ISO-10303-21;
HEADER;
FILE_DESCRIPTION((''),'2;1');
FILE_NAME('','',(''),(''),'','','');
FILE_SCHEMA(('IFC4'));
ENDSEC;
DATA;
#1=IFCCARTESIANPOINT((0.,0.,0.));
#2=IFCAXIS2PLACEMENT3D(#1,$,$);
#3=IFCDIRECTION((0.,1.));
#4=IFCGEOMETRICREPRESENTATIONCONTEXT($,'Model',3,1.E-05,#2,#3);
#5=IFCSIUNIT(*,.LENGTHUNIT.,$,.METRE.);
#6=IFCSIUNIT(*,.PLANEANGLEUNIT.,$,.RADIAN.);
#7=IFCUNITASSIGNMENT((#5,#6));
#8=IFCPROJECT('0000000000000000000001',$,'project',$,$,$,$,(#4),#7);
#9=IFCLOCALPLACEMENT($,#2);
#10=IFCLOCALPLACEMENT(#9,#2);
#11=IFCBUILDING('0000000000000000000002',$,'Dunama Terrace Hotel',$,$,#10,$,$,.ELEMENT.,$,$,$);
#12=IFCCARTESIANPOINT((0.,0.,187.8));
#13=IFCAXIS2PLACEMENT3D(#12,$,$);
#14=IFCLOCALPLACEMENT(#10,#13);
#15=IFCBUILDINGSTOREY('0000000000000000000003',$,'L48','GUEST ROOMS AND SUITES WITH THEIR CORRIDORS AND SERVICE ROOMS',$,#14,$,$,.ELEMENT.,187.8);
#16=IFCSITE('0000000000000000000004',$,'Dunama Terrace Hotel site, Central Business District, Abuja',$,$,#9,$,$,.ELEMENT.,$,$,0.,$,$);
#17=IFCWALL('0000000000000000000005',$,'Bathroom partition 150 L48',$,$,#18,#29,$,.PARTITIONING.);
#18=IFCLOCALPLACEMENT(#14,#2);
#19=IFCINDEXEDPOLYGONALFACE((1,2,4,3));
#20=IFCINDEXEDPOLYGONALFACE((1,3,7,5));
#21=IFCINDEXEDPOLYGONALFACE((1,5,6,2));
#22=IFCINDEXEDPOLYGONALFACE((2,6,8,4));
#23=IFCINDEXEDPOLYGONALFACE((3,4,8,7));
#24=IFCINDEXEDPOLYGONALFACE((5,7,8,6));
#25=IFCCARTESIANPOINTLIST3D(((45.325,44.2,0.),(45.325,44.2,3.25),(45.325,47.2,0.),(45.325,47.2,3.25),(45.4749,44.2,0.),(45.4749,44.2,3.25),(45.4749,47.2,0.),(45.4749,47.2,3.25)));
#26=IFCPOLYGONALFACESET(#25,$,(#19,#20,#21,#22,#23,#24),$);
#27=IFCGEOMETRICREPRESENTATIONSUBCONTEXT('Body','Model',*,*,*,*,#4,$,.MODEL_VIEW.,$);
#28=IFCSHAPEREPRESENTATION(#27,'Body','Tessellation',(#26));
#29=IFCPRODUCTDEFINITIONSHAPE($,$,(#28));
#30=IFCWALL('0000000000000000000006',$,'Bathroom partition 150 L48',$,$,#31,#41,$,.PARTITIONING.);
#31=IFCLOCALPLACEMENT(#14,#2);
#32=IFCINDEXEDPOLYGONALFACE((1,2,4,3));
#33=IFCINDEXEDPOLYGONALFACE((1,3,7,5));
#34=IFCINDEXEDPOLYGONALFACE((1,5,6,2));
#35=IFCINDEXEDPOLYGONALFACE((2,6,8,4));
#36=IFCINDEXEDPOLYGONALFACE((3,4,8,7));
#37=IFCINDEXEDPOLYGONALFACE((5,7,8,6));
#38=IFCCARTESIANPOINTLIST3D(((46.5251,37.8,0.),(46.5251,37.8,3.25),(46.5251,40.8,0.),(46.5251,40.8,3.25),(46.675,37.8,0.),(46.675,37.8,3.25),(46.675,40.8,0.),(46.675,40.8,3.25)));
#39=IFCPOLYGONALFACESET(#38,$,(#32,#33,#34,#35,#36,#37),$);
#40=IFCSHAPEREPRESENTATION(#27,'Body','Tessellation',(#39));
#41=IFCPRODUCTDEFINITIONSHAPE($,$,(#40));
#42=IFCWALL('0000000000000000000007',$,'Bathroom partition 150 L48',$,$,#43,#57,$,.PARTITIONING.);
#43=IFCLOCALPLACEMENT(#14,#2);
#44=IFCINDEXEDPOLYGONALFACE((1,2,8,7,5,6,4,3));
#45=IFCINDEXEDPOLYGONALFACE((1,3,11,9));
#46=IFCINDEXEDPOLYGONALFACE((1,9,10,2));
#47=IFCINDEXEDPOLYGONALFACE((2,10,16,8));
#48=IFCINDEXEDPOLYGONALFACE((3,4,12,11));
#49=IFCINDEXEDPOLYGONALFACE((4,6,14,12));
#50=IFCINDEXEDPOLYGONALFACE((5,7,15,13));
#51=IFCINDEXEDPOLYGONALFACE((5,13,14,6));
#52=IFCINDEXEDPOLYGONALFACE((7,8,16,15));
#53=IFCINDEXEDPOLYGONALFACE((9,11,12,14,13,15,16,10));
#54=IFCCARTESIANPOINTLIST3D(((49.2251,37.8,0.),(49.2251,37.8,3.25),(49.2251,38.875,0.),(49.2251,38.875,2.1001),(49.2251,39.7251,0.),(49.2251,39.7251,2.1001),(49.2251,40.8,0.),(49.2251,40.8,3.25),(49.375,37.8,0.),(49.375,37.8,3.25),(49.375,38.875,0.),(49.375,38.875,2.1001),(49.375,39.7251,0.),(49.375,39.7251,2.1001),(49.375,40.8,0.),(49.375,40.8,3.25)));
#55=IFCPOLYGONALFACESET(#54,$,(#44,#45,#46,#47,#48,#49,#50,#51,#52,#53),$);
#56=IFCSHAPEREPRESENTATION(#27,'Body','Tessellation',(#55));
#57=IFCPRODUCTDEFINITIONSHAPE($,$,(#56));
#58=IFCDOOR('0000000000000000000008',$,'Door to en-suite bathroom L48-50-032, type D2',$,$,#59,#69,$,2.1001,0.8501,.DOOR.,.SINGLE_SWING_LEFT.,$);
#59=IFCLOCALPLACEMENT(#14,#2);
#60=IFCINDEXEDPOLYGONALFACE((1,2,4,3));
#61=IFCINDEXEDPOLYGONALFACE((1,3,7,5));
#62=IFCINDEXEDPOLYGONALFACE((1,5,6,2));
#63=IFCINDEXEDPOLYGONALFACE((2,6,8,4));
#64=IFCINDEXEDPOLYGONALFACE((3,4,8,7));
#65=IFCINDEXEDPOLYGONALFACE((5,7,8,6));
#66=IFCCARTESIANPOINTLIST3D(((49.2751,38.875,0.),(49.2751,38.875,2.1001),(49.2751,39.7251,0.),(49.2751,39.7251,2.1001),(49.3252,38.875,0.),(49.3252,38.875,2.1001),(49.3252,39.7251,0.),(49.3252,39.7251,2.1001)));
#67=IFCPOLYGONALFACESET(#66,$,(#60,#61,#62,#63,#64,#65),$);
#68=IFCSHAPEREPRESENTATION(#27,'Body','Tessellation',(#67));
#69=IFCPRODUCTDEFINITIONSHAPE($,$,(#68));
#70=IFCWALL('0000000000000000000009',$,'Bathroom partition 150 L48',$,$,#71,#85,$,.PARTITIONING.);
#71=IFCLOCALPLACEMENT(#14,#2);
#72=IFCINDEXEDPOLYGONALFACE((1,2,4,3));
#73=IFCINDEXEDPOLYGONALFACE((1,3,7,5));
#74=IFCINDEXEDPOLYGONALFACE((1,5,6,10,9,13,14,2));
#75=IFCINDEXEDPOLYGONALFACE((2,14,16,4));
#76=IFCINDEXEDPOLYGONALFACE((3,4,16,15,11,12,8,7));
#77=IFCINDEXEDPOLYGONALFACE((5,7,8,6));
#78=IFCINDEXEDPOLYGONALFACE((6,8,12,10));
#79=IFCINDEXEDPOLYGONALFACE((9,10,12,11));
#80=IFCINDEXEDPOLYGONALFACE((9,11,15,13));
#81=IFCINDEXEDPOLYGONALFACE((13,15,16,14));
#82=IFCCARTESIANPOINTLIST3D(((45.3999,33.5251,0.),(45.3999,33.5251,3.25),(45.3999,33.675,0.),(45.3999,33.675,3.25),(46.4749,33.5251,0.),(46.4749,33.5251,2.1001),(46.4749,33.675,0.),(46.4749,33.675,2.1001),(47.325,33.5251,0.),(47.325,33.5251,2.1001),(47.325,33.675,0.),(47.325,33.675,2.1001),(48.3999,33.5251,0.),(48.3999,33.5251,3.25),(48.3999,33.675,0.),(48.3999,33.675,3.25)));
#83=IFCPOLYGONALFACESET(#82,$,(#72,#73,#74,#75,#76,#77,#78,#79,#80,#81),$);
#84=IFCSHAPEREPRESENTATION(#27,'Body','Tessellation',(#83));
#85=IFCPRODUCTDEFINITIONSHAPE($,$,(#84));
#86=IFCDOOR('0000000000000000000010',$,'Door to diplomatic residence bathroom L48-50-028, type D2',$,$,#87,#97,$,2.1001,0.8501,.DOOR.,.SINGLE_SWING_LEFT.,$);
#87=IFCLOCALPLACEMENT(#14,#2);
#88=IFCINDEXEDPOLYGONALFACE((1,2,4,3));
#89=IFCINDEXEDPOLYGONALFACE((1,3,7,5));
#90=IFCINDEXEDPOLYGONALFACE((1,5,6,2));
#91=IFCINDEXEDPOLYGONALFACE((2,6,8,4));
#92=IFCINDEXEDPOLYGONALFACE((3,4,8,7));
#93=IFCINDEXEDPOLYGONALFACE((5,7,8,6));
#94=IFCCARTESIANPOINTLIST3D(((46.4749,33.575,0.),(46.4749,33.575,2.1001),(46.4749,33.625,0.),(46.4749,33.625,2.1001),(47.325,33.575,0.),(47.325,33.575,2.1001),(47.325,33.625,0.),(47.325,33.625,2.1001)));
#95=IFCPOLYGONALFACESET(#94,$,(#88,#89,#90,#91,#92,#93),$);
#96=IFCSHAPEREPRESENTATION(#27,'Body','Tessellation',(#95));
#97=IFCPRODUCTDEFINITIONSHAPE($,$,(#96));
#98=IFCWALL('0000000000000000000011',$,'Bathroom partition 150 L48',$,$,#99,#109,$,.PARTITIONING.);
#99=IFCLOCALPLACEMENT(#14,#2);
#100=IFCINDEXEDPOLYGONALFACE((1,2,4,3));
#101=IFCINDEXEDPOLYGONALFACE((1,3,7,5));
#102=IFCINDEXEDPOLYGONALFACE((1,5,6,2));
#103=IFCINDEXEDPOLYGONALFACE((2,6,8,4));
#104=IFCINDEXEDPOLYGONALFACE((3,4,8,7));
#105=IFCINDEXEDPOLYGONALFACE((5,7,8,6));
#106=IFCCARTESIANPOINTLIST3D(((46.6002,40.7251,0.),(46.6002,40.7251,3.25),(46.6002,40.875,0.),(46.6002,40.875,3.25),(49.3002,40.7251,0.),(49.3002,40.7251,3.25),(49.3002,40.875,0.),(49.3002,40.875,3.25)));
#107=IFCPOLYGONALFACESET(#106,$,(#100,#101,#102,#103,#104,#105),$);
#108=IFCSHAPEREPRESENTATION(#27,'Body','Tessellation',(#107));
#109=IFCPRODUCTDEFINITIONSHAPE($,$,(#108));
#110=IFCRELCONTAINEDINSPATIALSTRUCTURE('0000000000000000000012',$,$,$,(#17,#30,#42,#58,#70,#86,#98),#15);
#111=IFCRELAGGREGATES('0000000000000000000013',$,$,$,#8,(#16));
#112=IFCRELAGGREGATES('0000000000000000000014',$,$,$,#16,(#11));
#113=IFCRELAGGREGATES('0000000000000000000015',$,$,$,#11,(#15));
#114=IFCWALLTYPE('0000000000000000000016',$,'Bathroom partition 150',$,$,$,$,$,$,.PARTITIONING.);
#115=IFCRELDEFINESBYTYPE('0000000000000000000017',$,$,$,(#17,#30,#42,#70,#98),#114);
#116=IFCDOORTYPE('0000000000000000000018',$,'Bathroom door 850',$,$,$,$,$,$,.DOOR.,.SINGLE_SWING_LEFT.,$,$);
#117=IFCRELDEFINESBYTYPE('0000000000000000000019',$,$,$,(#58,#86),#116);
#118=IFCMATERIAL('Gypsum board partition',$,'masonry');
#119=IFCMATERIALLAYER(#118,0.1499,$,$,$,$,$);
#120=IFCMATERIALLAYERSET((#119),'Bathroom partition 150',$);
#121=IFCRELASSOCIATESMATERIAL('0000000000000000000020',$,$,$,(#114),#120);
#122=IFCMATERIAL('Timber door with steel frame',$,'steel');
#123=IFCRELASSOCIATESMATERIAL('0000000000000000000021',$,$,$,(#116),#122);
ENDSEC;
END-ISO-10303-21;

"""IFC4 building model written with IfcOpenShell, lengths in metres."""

from ifc_helpers import new_model, si_unit, direction, frame, frame_2d, origin, place, context, subcontext, project, spatial, rectangle, extrude, material, layer, layer_set, type_object, element, fill, save


model = new_model("IFC4")

# Units and contexts
model_context = context("Model", 3, precision=1e-05, world=origin(), true_north=direction((0.0, 1.0)))
body_context = subcontext(model_context, "Body", "Model", "MODEL_VIEW")
ifc_project = project(units=[si_unit("LENGTHUNIT", "METRE"), si_unit("PLANEANGLEUNIT", "RADIAN")], contexts=[model_context])

# Site, building, storey
site_placement = place(None, origin())
site = spatial("IfcSite", under=ifc_project, at=site_placement, Name="Dunama Terrace Hotel site, Central Business District, Abuja", CompositionType="ELEMENT", RefElevation=0.0)
building_placement = place(site_placement, origin())
building = spatial("IfcBuilding", under=site, at=building_placement, Name="Dunama Terrace Hotel", CompositionType="ELEMENT")
storey_placement = place(building_placement, frame((0.0, 0.0, 187.8)))
storey = spatial("IfcBuildingStorey", under=building, at=storey_placement, Name="L48", Description="GUEST ROOMS AND SUITES WITH THEIR CORRIDORS AND SERVICE ROOMS", CompositionType="ELEMENT", Elevation=187.8)

# Walls
ifc_material_1 = material(Name="Gypsum board partition", Category="masonry")
ifc_layer_1 = layer(ifc_material_1, 0.1499)
ifc_layer_set_1 = layer_set([ifc_layer_1], Name="Bathroom partition 150")
wall_type_1 = type_object("IfcWallType", Name="Bathroom partition 150", PredefinedType="PARTITIONING", material=ifc_layer_set_1)
for number, where, z_axis, x_axis, name in (
    (1, (45.3999, 44.2, 0.0), (0.0, 0.0, 1.0), (0.0, 1.0, 0.0), "Bathroom partition 150 L48"),
    (2, (46.6001, 37.8, 0.0), (0.0, 0.0, 1.0), (0.0, 1.0, 0.0), "Bathroom partition 150 L48"),
):
    element("IfcWall", number, at=place(storey_placement, frame(where, z_axis=z_axis, x_axis=x_axis)), inside=storey, type_object=wall_type_1, Name=name, PredefinedType="PARTITIONING", context=body_context, shape_type="SweptSolid", body=[
        extrude(rectangle(XDim=3.0, YDim=0.1499, at=frame_2d((1.5, 0.0))), origin(), (0.0, 0.0, 1.0), 3.25),
    ])

# Walls, openings, doors
wall_1_placement = place(storey_placement, frame((49.3, 37.8, 0.0), z_axis=(0.0, 0.0, 1.0), x_axis=(0.0, 1.0, 0.0)))
wall_1 = element("IfcWall", 3, at=wall_1_placement, inside=storey, type_object=wall_type_1, Name="Bathroom partition 150 L48", PredefinedType="PARTITIONING", context=body_context, shape_type="SweptSolid", body=[
    extrude(rectangle(XDim=3.0, YDim=0.1499, at=frame_2d((1.5, 0.0))), origin(), (0.0, 0.0, 1.0), 3.25),
])
opening_1_placement = place(wall_1_placement, frame((1.075, 0.0, 0.0)))
opening_1 = element("IfcOpeningElement", 4, at=opening_1_placement, cuts=wall_1, PredefinedType="OPENING", context=body_context, shape_type="SweptSolid", body=[
    extrude(rectangle(XDim=0.8501, YDim=2.1001, at=frame_2d((0.425, 1.05))), frame((0.0, 0.085, 0.0), z_axis=(0.0, -1.0, 0.0), x_axis=(1.0, 0.0, 0.0)), (0.0, 0.0, 1.0), 0.1699),
])
ifc_material_2 = material(Name="Timber door with steel frame", Category="steel")
door_type_1 = type_object("IfcDoorType", Name="Bathroom door 850", OperationType="SINGLE_SWING_LEFT", PredefinedType="DOOR", material=ifc_material_2)
door_1_placement = place(opening_1_placement, origin())
door_1 = element("IfcDoor", 5, at=door_1_placement, inside=storey, type_object=door_type_1, Name="Door to en-suite bathroom L48-50-032, type D2", OperationType="SINGLE_SWING_LEFT", OverallHeight=2.1001, OverallWidth=0.8501, PredefinedType="DOOR", context=body_context, shape_type="SweptSolid", body=[
    extrude(rectangle(XDim=0.8501, YDim=2.1001, at=frame_2d((0.425, 1.05))), frame((0.0, 0.0249, 0.0), z_axis=(0.0, -1.0, 0.0), x_axis=(1.0, 0.0, 0.0)), (0.0, 0.0, 1.0), 0.05),
])
fill(opening_1, door_1)
wall_2_placement = place(storey_placement, frame((45.3999, 33.6001, 0.0), z_axis=(0.0, 0.0, 1.0), x_axis=(1.0, 0.0, 0.0)))
wall_2 = element("IfcWall", 6, at=wall_2_placement, inside=storey, type_object=wall_type_1, Name="Bathroom partition 150 L48", PredefinedType="PARTITIONING", context=body_context, shape_type="SweptSolid", body=[
    extrude(rectangle(XDim=3.0, YDim=0.1499, at=frame_2d((1.5, 0.0))), origin(), (0.0, 0.0, 1.0), 3.25),
])
opening_2_placement = place(wall_2_placement, frame((1.075, 0.0, 0.0)))
opening_2 = element("IfcOpeningElement", 7, at=opening_2_placement, cuts=wall_2, PredefinedType="OPENING", context=body_context, shape_type="SweptSolid", body=[
    extrude(rectangle(XDim=0.8501, YDim=2.1001, at=frame_2d((0.425, 1.05))), frame((0.0, 0.085, 0.0), z_axis=(0.0, -1.0, 0.0), x_axis=(1.0, 0.0, 0.0)), (0.0, 0.0, 1.0), 0.1699),
])
door_2_placement = place(opening_2_placement, origin())
door_2 = element("IfcDoor", 8, at=door_2_placement, inside=storey, type_object=door_type_1, Name="Door to diplomatic residence bathroom L48-50-028, type D2", OperationType="SINGLE_SWING_LEFT", OverallHeight=2.1001, OverallWidth=0.8501, PredefinedType="DOOR", context=body_context, shape_type="SweptSolid", body=[
    extrude(rectangle(XDim=0.8501, YDim=2.1001, at=frame_2d((0.425, 1.05))), frame((0.0, 0.0249, 0.0), z_axis=(0.0, -1.0, 0.0), x_axis=(1.0, 0.0, 0.0)), (0.0, 0.0, 1.0), 0.05),
])
fill(opening_2, door_2)

# Wall
wall_3_placement = place(storey_placement, frame((46.6001, 40.8, 0.0), z_axis=(0.0, 0.0, 1.0), x_axis=(1.0, 0.0, 0.0)))
element("IfcWall", 9, at=wall_3_placement, inside=storey, type_object=wall_type_1, Name="Bathroom partition 150 L48", PredefinedType="PARTITIONING", context=body_context, shape_type="SweptSolid", body=[
    extrude(rectangle(XDim=2.7, YDim=0.1499, at=frame_2d((1.3501, 0.0))), origin(), (0.0, 0.0, 1.0), 3.25),
])

save(model, "model.ifc")
